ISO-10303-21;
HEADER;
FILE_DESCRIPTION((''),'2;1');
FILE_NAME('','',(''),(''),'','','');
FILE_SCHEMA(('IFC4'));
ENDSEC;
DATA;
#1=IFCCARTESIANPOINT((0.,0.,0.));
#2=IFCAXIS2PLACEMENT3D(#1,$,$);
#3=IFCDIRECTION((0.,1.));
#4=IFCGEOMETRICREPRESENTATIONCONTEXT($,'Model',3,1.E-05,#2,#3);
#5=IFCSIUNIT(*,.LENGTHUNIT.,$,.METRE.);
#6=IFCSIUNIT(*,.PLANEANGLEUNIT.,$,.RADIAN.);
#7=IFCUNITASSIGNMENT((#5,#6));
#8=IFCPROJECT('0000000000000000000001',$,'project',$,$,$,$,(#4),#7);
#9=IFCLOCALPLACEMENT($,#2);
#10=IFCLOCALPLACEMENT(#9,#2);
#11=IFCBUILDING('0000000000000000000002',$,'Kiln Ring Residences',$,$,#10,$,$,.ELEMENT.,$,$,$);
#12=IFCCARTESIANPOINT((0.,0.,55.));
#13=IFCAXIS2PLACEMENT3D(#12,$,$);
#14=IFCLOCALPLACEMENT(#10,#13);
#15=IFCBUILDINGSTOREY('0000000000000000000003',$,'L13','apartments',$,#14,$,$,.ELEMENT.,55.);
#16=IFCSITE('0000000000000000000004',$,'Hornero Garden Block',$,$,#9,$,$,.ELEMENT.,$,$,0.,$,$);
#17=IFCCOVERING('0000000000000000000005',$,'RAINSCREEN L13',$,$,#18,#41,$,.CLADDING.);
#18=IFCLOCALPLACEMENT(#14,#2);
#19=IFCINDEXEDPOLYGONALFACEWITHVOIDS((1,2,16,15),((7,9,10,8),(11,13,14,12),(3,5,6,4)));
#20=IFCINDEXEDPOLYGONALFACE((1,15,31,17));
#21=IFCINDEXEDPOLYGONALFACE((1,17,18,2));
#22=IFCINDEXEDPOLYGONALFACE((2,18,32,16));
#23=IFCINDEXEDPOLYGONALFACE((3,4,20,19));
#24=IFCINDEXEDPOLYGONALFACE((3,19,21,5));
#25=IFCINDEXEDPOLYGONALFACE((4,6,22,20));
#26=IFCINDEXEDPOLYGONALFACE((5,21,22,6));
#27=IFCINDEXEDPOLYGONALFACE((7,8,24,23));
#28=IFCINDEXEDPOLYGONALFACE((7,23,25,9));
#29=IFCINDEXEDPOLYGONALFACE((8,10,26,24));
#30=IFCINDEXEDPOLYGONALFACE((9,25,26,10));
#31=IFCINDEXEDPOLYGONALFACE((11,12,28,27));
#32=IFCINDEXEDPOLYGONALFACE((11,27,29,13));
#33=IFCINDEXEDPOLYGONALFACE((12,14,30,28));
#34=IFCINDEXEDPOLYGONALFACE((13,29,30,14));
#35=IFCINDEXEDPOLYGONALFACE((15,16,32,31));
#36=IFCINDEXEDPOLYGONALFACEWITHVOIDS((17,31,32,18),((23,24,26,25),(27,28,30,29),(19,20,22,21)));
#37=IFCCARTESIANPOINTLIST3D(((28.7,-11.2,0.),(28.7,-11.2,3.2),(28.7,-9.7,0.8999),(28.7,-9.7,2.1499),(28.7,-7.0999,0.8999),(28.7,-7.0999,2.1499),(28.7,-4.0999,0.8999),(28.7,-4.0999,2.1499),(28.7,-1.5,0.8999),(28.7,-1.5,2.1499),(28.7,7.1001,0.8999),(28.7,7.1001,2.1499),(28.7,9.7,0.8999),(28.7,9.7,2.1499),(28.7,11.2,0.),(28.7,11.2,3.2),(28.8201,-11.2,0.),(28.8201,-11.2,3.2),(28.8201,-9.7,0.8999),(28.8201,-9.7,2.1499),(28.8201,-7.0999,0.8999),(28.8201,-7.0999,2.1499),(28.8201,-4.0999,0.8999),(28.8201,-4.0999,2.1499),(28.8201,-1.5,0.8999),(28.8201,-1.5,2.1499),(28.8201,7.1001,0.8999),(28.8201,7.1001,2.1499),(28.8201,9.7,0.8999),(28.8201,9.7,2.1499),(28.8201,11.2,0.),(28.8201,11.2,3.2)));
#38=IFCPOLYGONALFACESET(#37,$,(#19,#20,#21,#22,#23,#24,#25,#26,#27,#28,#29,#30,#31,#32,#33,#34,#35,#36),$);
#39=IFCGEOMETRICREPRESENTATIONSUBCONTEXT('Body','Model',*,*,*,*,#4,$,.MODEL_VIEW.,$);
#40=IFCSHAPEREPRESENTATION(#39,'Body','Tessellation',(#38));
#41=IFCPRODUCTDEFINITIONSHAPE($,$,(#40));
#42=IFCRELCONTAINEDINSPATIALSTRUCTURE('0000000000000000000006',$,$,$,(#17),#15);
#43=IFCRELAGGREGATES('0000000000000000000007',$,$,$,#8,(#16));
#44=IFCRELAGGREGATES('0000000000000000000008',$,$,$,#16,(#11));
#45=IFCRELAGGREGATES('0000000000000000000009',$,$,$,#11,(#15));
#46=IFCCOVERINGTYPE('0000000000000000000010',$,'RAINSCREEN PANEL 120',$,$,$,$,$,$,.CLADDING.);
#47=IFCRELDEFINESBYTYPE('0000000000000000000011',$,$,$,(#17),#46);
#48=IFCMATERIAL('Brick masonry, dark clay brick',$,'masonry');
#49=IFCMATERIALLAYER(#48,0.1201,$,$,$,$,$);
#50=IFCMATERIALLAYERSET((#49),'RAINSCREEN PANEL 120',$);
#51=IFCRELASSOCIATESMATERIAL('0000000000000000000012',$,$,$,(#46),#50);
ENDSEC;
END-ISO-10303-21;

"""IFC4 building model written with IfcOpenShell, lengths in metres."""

from ifc_helpers import new_model, si_unit, direction, frame, origin, place, context, subcontext, project, spatial, polyline, outline, extrude, material, layer, layer_set, type_object, element, save


model = new_model("IFC4")

# Units and contexts
model_context = context("Model", 3, precision=1e-05, world=origin(), true_north=direction((0.0, 1.0)))
body_context = subcontext(model_context, "Body", "Model", "MODEL_VIEW")
ifc_project = project(units=[si_unit("LENGTHUNIT", "METRE"), si_unit("PLANEANGLEUNIT", "RADIAN")], contexts=[model_context])

# Site, building, storey
site_placement = place(None, origin())
site = spatial("IfcSite", under=ifc_project, at=site_placement, Name="Hornero Garden Block", CompositionType="ELEMENT", RefElevation=0.0)
building_placement = place(site_placement, origin())
building = spatial("IfcBuilding", under=site, at=building_placement, Name="Kiln Ring Residences", CompositionType="ELEMENT")
storey_placement = place(building_placement, frame((0.0, 0.0, 55.0)))
storey = spatial("IfcBuildingStorey", under=building, at=storey_placement, Name="L13", Description="apartments", CompositionType="ELEMENT", Elevation=55.0)

# Covering
ifc_material_1 = material(Name="Brick masonry, dark clay brick", Category="masonry")
ifc_layer_1 = layer(ifc_material_1, 0.1201)
ifc_layer_set_1 = layer_set([ifc_layer_1], Name="RAINSCREEN PANEL 120")
covering_type = type_object("IfcCoveringType", Name="RAINSCREEN PANEL 120", PredefinedType="CLADDING", material=ifc_layer_set_1)
covering_placement = place(storey_placement, frame((28.76, -11.2, 0.0), z_axis=(0.0, 0.0, 1.0), x_axis=(0.0, 1.0, 0.0)))
element("IfcCovering", 1, at=covering_placement, inside=storey, type_object=covering_type, Name="RAINSCREEN L13", PredefinedType="CLADDING", context=body_context, shape_type="SweptSolid", body=[
    extrude(outline(polyline([(0.0, 0.0), (22.3999, 0.0), (22.3999, 3.2), (0.0, 3.2), (0.0, 0.0)]), holes=[polyline([(4.1001, 2.1499), (1.5, 2.1499), (1.5, 0.8999), (4.1001, 0.8999), (4.1001, 2.1499)]), polyline([(9.7, 0.8999), (9.7, 2.1499), (7.1001, 2.1499), (7.1001, 0.8999), (9.7, 0.8999)]), polyline([(20.8999, 0.8999), (20.8999, 2.1499), (18.3, 2.1499), (18.3, 0.8999), (20.8999, 0.8999)])]), frame((0.0, 0.0601, 0.0), z_axis=(0.0, -1.0, 0.0), x_axis=(1.0, 0.0, 0.0)), (0.0, 0.0, 1.0), 0.1201),
])

save(model, "model.ifc")
